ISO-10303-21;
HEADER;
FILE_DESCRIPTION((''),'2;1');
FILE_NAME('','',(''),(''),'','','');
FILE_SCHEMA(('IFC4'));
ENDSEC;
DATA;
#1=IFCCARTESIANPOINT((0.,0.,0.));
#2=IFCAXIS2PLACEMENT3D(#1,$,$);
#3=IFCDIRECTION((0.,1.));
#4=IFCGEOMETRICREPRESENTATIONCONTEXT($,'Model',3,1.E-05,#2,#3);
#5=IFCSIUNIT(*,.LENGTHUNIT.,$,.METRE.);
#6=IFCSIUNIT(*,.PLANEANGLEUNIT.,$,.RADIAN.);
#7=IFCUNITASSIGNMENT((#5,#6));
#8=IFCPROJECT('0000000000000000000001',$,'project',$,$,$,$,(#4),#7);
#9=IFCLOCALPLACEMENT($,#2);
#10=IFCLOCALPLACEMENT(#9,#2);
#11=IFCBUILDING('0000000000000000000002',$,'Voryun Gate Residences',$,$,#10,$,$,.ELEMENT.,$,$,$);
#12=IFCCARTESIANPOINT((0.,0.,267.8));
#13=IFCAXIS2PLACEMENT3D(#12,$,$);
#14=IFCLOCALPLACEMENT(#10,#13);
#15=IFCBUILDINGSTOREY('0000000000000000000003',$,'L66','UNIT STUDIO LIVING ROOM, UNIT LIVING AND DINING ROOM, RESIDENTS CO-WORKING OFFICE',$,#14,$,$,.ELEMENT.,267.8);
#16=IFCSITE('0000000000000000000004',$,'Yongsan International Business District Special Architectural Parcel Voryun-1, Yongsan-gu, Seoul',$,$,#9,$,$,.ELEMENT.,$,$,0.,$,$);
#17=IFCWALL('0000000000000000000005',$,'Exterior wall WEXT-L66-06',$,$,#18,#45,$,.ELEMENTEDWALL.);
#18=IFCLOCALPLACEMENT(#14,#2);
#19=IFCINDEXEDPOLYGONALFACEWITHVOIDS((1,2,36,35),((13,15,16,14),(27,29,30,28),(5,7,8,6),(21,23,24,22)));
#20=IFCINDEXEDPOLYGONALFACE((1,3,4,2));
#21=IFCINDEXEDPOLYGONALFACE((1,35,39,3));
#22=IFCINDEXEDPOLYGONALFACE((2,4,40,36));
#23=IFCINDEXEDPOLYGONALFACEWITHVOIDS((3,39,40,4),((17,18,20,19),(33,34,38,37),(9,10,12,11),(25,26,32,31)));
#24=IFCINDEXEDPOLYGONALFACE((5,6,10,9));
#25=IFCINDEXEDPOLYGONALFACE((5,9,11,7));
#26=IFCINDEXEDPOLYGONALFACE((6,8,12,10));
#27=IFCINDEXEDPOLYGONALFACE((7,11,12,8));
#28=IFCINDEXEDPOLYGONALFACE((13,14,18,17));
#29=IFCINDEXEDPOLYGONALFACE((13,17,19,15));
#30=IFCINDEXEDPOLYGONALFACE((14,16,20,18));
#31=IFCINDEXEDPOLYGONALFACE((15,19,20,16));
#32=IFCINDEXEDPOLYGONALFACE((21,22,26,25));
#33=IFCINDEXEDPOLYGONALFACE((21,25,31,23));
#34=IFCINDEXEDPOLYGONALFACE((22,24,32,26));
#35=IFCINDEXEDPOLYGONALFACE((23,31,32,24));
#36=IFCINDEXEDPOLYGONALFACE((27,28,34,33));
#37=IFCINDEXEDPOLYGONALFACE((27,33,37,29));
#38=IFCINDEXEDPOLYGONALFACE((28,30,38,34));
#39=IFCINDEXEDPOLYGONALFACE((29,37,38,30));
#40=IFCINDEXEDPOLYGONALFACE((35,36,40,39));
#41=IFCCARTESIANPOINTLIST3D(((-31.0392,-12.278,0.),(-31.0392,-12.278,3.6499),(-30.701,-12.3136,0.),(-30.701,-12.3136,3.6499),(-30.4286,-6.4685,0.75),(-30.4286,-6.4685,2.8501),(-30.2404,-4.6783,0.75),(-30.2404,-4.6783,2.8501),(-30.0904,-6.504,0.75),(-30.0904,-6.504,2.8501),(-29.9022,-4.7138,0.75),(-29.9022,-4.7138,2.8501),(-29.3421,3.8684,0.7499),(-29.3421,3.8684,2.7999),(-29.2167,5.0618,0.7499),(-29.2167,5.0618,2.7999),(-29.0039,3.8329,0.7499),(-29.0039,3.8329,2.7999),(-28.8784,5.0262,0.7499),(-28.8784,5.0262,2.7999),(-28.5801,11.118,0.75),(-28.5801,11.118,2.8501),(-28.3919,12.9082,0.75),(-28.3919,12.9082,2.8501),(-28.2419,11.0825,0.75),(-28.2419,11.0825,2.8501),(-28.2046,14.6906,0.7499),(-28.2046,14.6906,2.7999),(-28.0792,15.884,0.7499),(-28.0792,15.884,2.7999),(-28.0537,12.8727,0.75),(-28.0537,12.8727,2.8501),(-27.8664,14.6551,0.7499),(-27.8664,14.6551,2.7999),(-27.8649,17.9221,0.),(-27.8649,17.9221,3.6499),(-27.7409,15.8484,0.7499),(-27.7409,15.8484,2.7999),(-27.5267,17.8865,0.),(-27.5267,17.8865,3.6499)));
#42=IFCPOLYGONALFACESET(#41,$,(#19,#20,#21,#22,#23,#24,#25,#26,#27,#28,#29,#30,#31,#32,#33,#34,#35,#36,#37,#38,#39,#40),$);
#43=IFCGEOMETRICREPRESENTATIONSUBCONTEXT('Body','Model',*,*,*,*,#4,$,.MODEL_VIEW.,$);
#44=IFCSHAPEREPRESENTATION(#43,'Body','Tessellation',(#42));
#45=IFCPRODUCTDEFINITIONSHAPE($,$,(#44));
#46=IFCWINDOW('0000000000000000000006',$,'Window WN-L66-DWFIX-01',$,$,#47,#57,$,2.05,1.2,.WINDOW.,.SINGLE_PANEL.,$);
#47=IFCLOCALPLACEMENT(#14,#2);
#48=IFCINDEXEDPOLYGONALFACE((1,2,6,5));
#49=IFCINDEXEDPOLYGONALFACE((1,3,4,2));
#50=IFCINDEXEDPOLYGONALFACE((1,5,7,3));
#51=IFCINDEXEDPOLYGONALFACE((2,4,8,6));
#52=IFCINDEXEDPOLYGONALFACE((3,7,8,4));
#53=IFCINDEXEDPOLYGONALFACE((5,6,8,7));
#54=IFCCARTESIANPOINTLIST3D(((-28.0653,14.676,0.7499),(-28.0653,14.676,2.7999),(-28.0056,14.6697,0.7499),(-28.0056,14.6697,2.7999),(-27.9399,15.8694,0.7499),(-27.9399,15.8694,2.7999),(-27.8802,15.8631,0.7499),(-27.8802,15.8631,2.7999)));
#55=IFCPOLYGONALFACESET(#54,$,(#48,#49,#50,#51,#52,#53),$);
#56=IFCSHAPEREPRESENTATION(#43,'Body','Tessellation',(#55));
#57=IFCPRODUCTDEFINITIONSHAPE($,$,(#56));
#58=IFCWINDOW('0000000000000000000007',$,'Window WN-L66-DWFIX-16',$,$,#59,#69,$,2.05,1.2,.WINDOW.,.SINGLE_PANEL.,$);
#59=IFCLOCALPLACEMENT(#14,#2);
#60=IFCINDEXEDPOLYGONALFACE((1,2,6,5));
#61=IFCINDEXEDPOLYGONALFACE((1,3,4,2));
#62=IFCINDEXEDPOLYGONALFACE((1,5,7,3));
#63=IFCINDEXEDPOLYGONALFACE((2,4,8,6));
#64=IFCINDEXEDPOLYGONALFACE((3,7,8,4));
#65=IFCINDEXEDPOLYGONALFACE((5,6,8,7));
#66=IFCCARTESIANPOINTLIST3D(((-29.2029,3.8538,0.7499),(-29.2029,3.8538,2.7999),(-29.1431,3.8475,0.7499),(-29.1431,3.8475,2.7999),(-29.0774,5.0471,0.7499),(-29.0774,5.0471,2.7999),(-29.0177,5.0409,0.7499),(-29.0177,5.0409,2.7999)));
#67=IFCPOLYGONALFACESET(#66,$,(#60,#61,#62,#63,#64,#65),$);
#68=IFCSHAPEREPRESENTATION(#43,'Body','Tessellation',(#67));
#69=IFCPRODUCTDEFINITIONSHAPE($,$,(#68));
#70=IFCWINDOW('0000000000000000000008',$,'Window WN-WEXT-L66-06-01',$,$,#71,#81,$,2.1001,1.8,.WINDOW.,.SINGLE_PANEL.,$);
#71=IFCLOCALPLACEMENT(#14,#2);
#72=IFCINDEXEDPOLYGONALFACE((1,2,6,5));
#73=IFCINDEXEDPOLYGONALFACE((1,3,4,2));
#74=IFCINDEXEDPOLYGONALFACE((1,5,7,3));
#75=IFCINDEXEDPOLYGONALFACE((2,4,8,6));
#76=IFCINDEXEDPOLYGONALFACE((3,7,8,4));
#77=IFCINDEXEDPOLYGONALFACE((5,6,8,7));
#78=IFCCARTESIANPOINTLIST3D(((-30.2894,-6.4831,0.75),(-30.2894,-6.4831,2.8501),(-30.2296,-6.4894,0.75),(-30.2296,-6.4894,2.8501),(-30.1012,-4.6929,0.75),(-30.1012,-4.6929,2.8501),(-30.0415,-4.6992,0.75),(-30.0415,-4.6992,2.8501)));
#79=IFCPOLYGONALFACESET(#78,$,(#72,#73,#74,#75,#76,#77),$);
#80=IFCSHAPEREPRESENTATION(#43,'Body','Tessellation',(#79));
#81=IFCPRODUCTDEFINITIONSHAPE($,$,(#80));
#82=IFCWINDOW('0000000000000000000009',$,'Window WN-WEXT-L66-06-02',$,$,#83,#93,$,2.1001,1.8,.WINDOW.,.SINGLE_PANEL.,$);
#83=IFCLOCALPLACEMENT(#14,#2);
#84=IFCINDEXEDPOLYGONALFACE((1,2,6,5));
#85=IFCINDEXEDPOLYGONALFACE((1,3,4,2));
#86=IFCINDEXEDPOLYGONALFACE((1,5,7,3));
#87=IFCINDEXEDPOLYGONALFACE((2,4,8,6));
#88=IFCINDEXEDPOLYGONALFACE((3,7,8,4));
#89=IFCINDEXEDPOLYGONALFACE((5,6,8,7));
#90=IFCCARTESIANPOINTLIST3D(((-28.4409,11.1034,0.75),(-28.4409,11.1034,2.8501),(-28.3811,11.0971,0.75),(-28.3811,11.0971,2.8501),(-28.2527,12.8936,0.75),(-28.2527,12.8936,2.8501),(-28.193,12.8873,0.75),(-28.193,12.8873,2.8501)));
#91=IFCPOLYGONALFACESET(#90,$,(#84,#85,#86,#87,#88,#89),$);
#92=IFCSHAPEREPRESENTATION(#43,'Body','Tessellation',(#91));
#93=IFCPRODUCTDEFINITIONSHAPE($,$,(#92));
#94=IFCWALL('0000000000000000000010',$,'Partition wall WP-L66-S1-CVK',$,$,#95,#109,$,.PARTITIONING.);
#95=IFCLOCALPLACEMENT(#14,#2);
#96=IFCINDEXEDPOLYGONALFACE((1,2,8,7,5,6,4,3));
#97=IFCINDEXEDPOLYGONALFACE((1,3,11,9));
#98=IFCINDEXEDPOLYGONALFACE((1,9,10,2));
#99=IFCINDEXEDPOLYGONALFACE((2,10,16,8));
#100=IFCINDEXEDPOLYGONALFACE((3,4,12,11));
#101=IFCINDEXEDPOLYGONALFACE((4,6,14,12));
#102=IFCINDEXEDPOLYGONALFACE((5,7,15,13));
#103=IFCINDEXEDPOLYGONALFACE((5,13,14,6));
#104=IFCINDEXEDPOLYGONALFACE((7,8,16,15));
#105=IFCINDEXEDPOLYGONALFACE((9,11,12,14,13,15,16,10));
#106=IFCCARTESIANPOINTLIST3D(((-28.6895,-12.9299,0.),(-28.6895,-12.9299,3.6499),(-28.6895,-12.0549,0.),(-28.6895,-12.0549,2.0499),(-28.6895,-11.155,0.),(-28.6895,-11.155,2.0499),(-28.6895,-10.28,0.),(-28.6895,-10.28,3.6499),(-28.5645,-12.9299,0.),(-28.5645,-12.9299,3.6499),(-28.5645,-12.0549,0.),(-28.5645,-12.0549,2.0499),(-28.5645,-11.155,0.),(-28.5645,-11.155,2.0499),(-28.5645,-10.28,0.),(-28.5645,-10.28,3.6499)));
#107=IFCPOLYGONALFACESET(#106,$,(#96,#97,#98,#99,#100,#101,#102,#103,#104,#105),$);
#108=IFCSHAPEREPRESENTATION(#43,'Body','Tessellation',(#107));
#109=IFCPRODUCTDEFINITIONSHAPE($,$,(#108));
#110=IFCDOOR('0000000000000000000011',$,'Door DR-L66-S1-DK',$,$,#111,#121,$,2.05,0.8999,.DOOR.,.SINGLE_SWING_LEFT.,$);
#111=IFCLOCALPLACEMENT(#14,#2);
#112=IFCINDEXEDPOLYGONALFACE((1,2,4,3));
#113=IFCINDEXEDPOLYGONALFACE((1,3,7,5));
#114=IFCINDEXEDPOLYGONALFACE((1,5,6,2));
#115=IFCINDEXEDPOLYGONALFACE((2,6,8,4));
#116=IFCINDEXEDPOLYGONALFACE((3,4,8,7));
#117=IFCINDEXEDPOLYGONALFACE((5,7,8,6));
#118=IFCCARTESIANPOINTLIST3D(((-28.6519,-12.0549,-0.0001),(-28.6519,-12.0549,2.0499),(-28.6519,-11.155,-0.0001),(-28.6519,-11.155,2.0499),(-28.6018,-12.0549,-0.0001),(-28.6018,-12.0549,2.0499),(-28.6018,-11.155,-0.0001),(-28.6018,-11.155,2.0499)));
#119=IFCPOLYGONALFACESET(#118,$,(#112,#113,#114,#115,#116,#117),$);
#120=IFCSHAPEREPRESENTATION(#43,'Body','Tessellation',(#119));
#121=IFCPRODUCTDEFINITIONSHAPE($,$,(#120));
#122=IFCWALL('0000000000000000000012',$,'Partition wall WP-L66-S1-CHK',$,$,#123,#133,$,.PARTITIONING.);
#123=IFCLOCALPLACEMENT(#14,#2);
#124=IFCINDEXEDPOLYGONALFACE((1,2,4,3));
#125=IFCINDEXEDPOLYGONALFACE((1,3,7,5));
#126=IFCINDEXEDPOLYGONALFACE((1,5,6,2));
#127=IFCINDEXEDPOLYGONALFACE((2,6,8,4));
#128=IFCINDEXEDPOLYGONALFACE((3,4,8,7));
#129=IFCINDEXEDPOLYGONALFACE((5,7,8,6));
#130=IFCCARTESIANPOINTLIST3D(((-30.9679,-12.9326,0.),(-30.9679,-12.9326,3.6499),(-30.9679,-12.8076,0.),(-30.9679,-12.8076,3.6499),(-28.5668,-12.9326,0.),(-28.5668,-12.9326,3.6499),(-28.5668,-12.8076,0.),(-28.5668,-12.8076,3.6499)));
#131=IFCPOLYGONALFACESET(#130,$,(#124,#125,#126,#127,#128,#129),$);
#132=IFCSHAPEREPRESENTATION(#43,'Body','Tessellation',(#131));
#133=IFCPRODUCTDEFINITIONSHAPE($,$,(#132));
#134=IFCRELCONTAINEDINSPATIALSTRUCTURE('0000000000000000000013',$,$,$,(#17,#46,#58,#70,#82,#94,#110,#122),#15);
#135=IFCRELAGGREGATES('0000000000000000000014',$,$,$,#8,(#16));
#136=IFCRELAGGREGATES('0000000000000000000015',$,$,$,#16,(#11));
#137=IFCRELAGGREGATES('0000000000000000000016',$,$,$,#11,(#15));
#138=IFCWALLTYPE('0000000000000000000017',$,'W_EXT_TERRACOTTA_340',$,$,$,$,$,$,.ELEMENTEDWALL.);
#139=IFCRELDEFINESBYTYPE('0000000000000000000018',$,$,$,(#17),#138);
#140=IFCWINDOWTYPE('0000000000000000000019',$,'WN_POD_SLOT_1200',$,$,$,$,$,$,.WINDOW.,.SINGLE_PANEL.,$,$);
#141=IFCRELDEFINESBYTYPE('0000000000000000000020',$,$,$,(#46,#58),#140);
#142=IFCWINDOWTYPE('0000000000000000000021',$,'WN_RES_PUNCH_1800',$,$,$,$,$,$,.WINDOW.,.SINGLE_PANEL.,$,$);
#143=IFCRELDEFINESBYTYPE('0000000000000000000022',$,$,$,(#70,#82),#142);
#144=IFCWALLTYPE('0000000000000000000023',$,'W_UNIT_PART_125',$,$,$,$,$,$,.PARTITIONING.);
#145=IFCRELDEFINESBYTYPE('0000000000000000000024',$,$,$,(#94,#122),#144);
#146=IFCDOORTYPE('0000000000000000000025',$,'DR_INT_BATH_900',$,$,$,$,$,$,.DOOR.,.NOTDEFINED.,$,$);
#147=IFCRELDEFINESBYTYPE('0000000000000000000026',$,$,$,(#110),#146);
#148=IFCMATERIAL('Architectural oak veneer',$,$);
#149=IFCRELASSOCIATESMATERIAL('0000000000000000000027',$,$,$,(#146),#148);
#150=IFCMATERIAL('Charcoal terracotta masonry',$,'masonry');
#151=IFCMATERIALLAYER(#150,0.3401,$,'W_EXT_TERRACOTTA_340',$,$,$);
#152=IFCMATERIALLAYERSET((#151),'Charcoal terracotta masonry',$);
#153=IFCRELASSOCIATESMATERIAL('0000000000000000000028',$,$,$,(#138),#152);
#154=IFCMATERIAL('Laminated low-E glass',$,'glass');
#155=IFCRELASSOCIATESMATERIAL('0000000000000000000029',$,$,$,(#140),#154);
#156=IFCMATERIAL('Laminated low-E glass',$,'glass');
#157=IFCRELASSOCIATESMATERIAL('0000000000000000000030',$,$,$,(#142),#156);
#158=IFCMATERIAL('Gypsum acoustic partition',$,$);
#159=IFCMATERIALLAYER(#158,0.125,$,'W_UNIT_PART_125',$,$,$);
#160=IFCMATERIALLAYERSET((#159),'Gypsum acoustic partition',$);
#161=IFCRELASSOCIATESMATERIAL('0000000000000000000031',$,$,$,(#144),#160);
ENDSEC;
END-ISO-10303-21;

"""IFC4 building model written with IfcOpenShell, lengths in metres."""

from ifc_helpers import new_model, si_unit, direction, frame, frame_2d, origin, place, context, subcontext, project, spatial, rectangle, extrude, material, layer, layer_set, type_object, element, fill, save


model = new_model("IFC4")

# Units and contexts
model_context = context("Model", 3, precision=1e-05, world=origin(), true_north=direction((0.0, 1.0)))
body_context = subcontext(model_context, "Body", "Model", "MODEL_VIEW")
ifc_project = project(units=[si_unit("LENGTHUNIT", "METRE"), si_unit("PLANEANGLEUNIT", "RADIAN")], contexts=[model_context])

# Site, building, storey
site_placement = place(None, origin())
site = spatial("IfcSite", under=ifc_project, at=site_placement, Name="Yongsan International Business District Special Architectural Parcel Voryun-1, Yongsan-gu, Seoul", CompositionType="ELEMENT", RefElevation=0.0)
building_placement = place(site_placement, origin())
building = spatial("IfcBuilding", under=site, at=building_placement, Name="Voryun Gate Residences", CompositionType="ELEMENT")
storey_placement = place(building_placement, frame((0.0, 0.0, 267.8)))
storey = spatial("IfcBuildingStorey", under=building, at=storey_placement, Name="L66", Description="UNIT STUDIO LIVING ROOM, UNIT LIVING AND DINING ROOM, RESIDENTS CO-WORKING OFFICE", CompositionType="ELEMENT", Elevation=267.8)

# Shared definitions
ifc_material_1 = material(Name="Architectural oak veneer")
door_type_1 = type_object("IfcDoorType", Name="DR_INT_BATH_900", OperationType="NOTDEFINED", PredefinedType="DOOR", material=ifc_material_1)

# Shared definitions
ifc_material_2 = material(Name="Charcoal terracotta masonry", Category="masonry")
ifc_layer_1 = layer(ifc_material_2, 0.3401, Name="W_EXT_TERRACOTTA_340")
ifc_layer_set_1 = layer_set([ifc_layer_1], Name="Charcoal terracotta masonry")
wall_type_1 = type_object("IfcWallType", Name="W_EXT_TERRACOTTA_340", PredefinedType="ELEMENTEDWALL", material=ifc_layer_set_1)

# Wall, openings, windows
wall_1_placement = place(storey_placement, frame((-30.8701, -12.2957, 0.0), z_axis=(0.0, 0.0, 1.0), x_axis=(0.104533, 0.994521, 0.0)))
wall_1 = element("IfcWall", 1, at=wall_1_placement, inside=storey, type_object=wall_type_1, Name="Exterior wall WEXT-L66-06", PredefinedType="ELEMENTEDWALL", context=body_context, shape_type="SweptSolid", body=[
    extrude(rectangle(XDim=30.3665, YDim=0.3401, at=frame_2d((15.1831, 0.0))), origin(), (0.0, 0.0, 1.0), 3.6499),
])
opening_1_placement = place(wall_1_placement, frame((5.8416, 0.0, 0.75)))
opening_1 = element("IfcOpeningElement", 2, at=opening_1_placement, cuts=wall_1, PredefinedType="OPENING", context=body_context, shape_type="SweptSolid", body=[
    extrude(rectangle(XDim=1.8, YDim=2.1001, at=frame_2d((0.8999, 1.05))), frame((0.0, 0.1799, 0.0), z_axis=(0.0, -1.0, 0.0), x_axis=(1.0, 0.0, 0.0)), (0.0, 0.0, 1.0), 0.3601),
])
opening_2_placement = place(wall_1_placement, frame((23.5249, 0.0, 0.75)))
opening_2 = element("IfcOpeningElement", 3, at=opening_2_placement, cuts=wall_1, PredefinedType="OPENING", context=body_context, shape_type="SweptSolid", body=[
    extrude(rectangle(XDim=1.8, YDim=2.1001, at=frame_2d((0.8999, 1.05))), frame((0.0, 0.1799, 0.0), z_axis=(0.0, -1.0, 0.0), x_axis=(1.0, 0.0, 0.0)), (0.0, 0.0, 1.0), 0.3601),
])
opening_3_placement = place(wall_1_placement, frame((27.1169, 0.0, 0.75)))
opening_3 = element("IfcOpeningElement", 4, at=opening_3_placement, cuts=wall_1, PredefinedType="OPENING", context=body_context, shape_type="SweptSolid", body=[
    extrude(rectangle(XDim=1.2, YDim=2.05, at=frame_2d((0.6001, 1.0249))), frame((0.0, 0.1799, 0.0), z_axis=(0.0, -1.0, 0.0), x_axis=(1.0, 0.0, 0.0)), (0.0, 0.0, 1.0), 0.3601),
])
opening_4_placement = place(wall_1_placement, frame((16.2351, 0.0, 0.75)))
opening_4 = element("IfcOpeningElement", 5, at=opening_4_placement, cuts=wall_1, PredefinedType="OPENING", context=body_context, shape_type="SweptSolid", body=[
    extrude(rectangle(XDim=1.2, YDim=2.05, at=frame_2d((0.6001, 1.0249))), frame((0.0, 0.1799, 0.0), z_axis=(0.0, -1.0, 0.0), x_axis=(1.0, 0.0, 0.0)), (0.0, 0.0, 1.0), 0.3601),
])
ifc_material_3 = material(Name="Laminated low-E glass", Category="glass")
window_type_1 = type_object("IfcWindowType", Name="WN_POD_SLOT_1200", PartitioningType="SINGLE_PANEL", PredefinedType="WINDOW", material=ifc_material_3)
window_1_placement = place(opening_3_placement, origin())
window_1 = element("IfcWindow", 6, at=window_1_placement, inside=storey, type_object=window_type_1, Name="Window WN-L66-DWFIX-01", OverallHeight=2.05, OverallWidth=1.2, PartitioningType="SINGLE_PANEL", PredefinedType="WINDOW", context=body_context, shape_type="SweptSolid", body=[
    extrude(rectangle(XDim=1.2, YDim=2.05, at=frame_2d((0.6001, 1.0249))), frame((0.0, 0.03, 0.0), z_axis=(0.0, -1.0, 0.0), x_axis=(1.0, 0.0, 0.0)), (0.0, 0.0, 1.0), 0.0601),
])
fill(opening_3, window_1)
window_2_placement = place(opening_4_placement, origin())
window_2 = element("IfcWindow", 7, at=window_2_placement, inside=storey, type_object=window_type_1, Name="Window WN-L66-DWFIX-16", OverallHeight=2.05, OverallWidth=1.2, PartitioningType="SINGLE_PANEL", PredefinedType="WINDOW", context=body_context, shape_type="SweptSolid", body=[
    extrude(rectangle(XDim=1.2, YDim=2.05, at=frame_2d((0.6001, 1.0249))), frame((0.0, 0.03, 0.0), z_axis=(0.0, -1.0, 0.0), x_axis=(1.0, 0.0, 0.0)), (0.0, 0.0, 1.0), 0.0601),
])
fill(opening_4, window_2)
ifc_material_4 = material(Name="Laminated low-E glass", Category="glass")
window_type_2 = type_object("IfcWindowType", Name="WN_RES_PUNCH_1800", PartitioningType="SINGLE_PANEL", PredefinedType="WINDOW", material=ifc_material_4)
window_3_placement = place(opening_1_placement, origin())
window_3 = element("IfcWindow", 8, at=window_3_placement, inside=storey, type_object=window_type_2, Name="Window WN-WEXT-L66-06-01", OverallHeight=2.1001, OverallWidth=1.8, PartitioningType="SINGLE_PANEL", PredefinedType="WINDOW", context=body_context, shape_type="SweptSolid", body=[
    extrude(rectangle(XDim=1.8, YDim=2.1001, at=frame_2d((0.8999, 1.05))), frame((0.0, 0.03, 0.0), z_axis=(0.0, -1.0, 0.0), x_axis=(1.0, 0.0, 0.0)), (0.0, 0.0, 1.0), 0.0601),
])
fill(opening_1, window_3)
window_4_placement = place(opening_2_placement, origin())
window_4 = element("IfcWindow", 9, at=window_4_placement, inside=storey, type_object=window_type_2, Name="Window WN-WEXT-L66-06-02", OverallHeight=2.1001, OverallWidth=1.8, PartitioningType="SINGLE_PANEL", PredefinedType="WINDOW", context=body_context, shape_type="SweptSolid", body=[
    extrude(rectangle(XDim=1.8, YDim=2.1001, at=frame_2d((0.8999, 1.05))), frame((0.0, 0.03, 0.0), z_axis=(0.0, -1.0, 0.0), x_axis=(1.0, 0.0, 0.0)), (0.0, 0.0, 1.0), 0.0601),
])
fill(opening_2, window_4)

# Wall, opening, door
ifc_material_5 = material(Name="Gypsum acoustic partition")
ifc_layer_2 = layer(ifc_material_5, 0.125, Name="W_UNIT_PART_125")
ifc_layer_set_2 = layer_set([ifc_layer_2], Name="Gypsum acoustic partition")
wall_type_2 = type_object("IfcWallType", Name="W_UNIT_PART_125", PredefinedType="PARTITIONING", material=ifc_layer_set_2)
wall_2_placement = place(storey_placement, frame((-28.627, -12.9299, 0.0), z_axis=(0.0, 0.0, 1.0), x_axis=(0.0, 1.0, 0.0)))
wall_2 = element("IfcWall", 10, at=wall_2_placement, inside=storey, type_object=wall_type_2, Name="Partition wall WP-L66-S1-CVK", PredefinedType="PARTITIONING", context=body_context, shape_type="SweptSolid", body=[
    extrude(rectangle(XDim=2.6499, YDim=0.125, at=frame_2d((1.325, 0.0))), origin(), (0.0, 0.0, 1.0), 3.6499),
])
opening_5_placement = place(wall_2_placement, frame((0.875, 0.0, 0.0)))
opening_5 = element("IfcOpeningElement", 11, at=opening_5_placement, cuts=wall_2, PredefinedType="OPENING", context=body_context, shape_type="SweptSolid", body=[
    extrude(rectangle(XDim=0.8999, YDim=2.05, at=frame_2d((0.45, 1.0249))), frame((0.0, 0.0725, 0.0), z_axis=(0.0, -1.0, 0.0), x_axis=(1.0, 0.0, 0.0)), (0.0, 0.0, 1.0), 0.145),
])
door_1_placement = place(opening_5_placement, origin())
door_1 = element("IfcDoor", 12, at=door_1_placement, inside=storey, type_object=door_type_1, Name="Door DR-L66-S1-DK", OperationType="SINGLE_SWING_LEFT", OverallHeight=2.05, OverallWidth=0.8999, PredefinedType="DOOR", context=body_context, shape_type="SweptSolid", body=[
    extrude(rectangle(XDim=0.8999, YDim=2.05, at=frame_2d((0.45, 1.0249))), frame((0.0, 0.0249, 0.0), z_axis=(0.0, -1.0, 0.0), x_axis=(1.0, 0.0, 0.0)), (0.0, 0.0, 1.0), 0.05),
])
fill(opening_5, door_1)

# Wall
wall_3_placement = place(storey_placement, frame((-30.968, -12.8701, 0.0), z_axis=(0.0, 0.0, 1.0), x_axis=(1.0, 0.0, 0.0)))
element("IfcWall", 13, at=wall_3_placement, inside=storey, type_object=wall_type_2, Name="Partition wall WP-L66-S1-CHK", PredefinedType="PARTITIONING", context=body_context, shape_type="SweptSolid", body=[
    extrude(rectangle(XDim=2.4011, YDim=0.125, at=frame_2d((1.2007, 0.0))), origin(), (0.0, 0.0, 1.0), 3.6499),
])

save(model, "model.ifc")
